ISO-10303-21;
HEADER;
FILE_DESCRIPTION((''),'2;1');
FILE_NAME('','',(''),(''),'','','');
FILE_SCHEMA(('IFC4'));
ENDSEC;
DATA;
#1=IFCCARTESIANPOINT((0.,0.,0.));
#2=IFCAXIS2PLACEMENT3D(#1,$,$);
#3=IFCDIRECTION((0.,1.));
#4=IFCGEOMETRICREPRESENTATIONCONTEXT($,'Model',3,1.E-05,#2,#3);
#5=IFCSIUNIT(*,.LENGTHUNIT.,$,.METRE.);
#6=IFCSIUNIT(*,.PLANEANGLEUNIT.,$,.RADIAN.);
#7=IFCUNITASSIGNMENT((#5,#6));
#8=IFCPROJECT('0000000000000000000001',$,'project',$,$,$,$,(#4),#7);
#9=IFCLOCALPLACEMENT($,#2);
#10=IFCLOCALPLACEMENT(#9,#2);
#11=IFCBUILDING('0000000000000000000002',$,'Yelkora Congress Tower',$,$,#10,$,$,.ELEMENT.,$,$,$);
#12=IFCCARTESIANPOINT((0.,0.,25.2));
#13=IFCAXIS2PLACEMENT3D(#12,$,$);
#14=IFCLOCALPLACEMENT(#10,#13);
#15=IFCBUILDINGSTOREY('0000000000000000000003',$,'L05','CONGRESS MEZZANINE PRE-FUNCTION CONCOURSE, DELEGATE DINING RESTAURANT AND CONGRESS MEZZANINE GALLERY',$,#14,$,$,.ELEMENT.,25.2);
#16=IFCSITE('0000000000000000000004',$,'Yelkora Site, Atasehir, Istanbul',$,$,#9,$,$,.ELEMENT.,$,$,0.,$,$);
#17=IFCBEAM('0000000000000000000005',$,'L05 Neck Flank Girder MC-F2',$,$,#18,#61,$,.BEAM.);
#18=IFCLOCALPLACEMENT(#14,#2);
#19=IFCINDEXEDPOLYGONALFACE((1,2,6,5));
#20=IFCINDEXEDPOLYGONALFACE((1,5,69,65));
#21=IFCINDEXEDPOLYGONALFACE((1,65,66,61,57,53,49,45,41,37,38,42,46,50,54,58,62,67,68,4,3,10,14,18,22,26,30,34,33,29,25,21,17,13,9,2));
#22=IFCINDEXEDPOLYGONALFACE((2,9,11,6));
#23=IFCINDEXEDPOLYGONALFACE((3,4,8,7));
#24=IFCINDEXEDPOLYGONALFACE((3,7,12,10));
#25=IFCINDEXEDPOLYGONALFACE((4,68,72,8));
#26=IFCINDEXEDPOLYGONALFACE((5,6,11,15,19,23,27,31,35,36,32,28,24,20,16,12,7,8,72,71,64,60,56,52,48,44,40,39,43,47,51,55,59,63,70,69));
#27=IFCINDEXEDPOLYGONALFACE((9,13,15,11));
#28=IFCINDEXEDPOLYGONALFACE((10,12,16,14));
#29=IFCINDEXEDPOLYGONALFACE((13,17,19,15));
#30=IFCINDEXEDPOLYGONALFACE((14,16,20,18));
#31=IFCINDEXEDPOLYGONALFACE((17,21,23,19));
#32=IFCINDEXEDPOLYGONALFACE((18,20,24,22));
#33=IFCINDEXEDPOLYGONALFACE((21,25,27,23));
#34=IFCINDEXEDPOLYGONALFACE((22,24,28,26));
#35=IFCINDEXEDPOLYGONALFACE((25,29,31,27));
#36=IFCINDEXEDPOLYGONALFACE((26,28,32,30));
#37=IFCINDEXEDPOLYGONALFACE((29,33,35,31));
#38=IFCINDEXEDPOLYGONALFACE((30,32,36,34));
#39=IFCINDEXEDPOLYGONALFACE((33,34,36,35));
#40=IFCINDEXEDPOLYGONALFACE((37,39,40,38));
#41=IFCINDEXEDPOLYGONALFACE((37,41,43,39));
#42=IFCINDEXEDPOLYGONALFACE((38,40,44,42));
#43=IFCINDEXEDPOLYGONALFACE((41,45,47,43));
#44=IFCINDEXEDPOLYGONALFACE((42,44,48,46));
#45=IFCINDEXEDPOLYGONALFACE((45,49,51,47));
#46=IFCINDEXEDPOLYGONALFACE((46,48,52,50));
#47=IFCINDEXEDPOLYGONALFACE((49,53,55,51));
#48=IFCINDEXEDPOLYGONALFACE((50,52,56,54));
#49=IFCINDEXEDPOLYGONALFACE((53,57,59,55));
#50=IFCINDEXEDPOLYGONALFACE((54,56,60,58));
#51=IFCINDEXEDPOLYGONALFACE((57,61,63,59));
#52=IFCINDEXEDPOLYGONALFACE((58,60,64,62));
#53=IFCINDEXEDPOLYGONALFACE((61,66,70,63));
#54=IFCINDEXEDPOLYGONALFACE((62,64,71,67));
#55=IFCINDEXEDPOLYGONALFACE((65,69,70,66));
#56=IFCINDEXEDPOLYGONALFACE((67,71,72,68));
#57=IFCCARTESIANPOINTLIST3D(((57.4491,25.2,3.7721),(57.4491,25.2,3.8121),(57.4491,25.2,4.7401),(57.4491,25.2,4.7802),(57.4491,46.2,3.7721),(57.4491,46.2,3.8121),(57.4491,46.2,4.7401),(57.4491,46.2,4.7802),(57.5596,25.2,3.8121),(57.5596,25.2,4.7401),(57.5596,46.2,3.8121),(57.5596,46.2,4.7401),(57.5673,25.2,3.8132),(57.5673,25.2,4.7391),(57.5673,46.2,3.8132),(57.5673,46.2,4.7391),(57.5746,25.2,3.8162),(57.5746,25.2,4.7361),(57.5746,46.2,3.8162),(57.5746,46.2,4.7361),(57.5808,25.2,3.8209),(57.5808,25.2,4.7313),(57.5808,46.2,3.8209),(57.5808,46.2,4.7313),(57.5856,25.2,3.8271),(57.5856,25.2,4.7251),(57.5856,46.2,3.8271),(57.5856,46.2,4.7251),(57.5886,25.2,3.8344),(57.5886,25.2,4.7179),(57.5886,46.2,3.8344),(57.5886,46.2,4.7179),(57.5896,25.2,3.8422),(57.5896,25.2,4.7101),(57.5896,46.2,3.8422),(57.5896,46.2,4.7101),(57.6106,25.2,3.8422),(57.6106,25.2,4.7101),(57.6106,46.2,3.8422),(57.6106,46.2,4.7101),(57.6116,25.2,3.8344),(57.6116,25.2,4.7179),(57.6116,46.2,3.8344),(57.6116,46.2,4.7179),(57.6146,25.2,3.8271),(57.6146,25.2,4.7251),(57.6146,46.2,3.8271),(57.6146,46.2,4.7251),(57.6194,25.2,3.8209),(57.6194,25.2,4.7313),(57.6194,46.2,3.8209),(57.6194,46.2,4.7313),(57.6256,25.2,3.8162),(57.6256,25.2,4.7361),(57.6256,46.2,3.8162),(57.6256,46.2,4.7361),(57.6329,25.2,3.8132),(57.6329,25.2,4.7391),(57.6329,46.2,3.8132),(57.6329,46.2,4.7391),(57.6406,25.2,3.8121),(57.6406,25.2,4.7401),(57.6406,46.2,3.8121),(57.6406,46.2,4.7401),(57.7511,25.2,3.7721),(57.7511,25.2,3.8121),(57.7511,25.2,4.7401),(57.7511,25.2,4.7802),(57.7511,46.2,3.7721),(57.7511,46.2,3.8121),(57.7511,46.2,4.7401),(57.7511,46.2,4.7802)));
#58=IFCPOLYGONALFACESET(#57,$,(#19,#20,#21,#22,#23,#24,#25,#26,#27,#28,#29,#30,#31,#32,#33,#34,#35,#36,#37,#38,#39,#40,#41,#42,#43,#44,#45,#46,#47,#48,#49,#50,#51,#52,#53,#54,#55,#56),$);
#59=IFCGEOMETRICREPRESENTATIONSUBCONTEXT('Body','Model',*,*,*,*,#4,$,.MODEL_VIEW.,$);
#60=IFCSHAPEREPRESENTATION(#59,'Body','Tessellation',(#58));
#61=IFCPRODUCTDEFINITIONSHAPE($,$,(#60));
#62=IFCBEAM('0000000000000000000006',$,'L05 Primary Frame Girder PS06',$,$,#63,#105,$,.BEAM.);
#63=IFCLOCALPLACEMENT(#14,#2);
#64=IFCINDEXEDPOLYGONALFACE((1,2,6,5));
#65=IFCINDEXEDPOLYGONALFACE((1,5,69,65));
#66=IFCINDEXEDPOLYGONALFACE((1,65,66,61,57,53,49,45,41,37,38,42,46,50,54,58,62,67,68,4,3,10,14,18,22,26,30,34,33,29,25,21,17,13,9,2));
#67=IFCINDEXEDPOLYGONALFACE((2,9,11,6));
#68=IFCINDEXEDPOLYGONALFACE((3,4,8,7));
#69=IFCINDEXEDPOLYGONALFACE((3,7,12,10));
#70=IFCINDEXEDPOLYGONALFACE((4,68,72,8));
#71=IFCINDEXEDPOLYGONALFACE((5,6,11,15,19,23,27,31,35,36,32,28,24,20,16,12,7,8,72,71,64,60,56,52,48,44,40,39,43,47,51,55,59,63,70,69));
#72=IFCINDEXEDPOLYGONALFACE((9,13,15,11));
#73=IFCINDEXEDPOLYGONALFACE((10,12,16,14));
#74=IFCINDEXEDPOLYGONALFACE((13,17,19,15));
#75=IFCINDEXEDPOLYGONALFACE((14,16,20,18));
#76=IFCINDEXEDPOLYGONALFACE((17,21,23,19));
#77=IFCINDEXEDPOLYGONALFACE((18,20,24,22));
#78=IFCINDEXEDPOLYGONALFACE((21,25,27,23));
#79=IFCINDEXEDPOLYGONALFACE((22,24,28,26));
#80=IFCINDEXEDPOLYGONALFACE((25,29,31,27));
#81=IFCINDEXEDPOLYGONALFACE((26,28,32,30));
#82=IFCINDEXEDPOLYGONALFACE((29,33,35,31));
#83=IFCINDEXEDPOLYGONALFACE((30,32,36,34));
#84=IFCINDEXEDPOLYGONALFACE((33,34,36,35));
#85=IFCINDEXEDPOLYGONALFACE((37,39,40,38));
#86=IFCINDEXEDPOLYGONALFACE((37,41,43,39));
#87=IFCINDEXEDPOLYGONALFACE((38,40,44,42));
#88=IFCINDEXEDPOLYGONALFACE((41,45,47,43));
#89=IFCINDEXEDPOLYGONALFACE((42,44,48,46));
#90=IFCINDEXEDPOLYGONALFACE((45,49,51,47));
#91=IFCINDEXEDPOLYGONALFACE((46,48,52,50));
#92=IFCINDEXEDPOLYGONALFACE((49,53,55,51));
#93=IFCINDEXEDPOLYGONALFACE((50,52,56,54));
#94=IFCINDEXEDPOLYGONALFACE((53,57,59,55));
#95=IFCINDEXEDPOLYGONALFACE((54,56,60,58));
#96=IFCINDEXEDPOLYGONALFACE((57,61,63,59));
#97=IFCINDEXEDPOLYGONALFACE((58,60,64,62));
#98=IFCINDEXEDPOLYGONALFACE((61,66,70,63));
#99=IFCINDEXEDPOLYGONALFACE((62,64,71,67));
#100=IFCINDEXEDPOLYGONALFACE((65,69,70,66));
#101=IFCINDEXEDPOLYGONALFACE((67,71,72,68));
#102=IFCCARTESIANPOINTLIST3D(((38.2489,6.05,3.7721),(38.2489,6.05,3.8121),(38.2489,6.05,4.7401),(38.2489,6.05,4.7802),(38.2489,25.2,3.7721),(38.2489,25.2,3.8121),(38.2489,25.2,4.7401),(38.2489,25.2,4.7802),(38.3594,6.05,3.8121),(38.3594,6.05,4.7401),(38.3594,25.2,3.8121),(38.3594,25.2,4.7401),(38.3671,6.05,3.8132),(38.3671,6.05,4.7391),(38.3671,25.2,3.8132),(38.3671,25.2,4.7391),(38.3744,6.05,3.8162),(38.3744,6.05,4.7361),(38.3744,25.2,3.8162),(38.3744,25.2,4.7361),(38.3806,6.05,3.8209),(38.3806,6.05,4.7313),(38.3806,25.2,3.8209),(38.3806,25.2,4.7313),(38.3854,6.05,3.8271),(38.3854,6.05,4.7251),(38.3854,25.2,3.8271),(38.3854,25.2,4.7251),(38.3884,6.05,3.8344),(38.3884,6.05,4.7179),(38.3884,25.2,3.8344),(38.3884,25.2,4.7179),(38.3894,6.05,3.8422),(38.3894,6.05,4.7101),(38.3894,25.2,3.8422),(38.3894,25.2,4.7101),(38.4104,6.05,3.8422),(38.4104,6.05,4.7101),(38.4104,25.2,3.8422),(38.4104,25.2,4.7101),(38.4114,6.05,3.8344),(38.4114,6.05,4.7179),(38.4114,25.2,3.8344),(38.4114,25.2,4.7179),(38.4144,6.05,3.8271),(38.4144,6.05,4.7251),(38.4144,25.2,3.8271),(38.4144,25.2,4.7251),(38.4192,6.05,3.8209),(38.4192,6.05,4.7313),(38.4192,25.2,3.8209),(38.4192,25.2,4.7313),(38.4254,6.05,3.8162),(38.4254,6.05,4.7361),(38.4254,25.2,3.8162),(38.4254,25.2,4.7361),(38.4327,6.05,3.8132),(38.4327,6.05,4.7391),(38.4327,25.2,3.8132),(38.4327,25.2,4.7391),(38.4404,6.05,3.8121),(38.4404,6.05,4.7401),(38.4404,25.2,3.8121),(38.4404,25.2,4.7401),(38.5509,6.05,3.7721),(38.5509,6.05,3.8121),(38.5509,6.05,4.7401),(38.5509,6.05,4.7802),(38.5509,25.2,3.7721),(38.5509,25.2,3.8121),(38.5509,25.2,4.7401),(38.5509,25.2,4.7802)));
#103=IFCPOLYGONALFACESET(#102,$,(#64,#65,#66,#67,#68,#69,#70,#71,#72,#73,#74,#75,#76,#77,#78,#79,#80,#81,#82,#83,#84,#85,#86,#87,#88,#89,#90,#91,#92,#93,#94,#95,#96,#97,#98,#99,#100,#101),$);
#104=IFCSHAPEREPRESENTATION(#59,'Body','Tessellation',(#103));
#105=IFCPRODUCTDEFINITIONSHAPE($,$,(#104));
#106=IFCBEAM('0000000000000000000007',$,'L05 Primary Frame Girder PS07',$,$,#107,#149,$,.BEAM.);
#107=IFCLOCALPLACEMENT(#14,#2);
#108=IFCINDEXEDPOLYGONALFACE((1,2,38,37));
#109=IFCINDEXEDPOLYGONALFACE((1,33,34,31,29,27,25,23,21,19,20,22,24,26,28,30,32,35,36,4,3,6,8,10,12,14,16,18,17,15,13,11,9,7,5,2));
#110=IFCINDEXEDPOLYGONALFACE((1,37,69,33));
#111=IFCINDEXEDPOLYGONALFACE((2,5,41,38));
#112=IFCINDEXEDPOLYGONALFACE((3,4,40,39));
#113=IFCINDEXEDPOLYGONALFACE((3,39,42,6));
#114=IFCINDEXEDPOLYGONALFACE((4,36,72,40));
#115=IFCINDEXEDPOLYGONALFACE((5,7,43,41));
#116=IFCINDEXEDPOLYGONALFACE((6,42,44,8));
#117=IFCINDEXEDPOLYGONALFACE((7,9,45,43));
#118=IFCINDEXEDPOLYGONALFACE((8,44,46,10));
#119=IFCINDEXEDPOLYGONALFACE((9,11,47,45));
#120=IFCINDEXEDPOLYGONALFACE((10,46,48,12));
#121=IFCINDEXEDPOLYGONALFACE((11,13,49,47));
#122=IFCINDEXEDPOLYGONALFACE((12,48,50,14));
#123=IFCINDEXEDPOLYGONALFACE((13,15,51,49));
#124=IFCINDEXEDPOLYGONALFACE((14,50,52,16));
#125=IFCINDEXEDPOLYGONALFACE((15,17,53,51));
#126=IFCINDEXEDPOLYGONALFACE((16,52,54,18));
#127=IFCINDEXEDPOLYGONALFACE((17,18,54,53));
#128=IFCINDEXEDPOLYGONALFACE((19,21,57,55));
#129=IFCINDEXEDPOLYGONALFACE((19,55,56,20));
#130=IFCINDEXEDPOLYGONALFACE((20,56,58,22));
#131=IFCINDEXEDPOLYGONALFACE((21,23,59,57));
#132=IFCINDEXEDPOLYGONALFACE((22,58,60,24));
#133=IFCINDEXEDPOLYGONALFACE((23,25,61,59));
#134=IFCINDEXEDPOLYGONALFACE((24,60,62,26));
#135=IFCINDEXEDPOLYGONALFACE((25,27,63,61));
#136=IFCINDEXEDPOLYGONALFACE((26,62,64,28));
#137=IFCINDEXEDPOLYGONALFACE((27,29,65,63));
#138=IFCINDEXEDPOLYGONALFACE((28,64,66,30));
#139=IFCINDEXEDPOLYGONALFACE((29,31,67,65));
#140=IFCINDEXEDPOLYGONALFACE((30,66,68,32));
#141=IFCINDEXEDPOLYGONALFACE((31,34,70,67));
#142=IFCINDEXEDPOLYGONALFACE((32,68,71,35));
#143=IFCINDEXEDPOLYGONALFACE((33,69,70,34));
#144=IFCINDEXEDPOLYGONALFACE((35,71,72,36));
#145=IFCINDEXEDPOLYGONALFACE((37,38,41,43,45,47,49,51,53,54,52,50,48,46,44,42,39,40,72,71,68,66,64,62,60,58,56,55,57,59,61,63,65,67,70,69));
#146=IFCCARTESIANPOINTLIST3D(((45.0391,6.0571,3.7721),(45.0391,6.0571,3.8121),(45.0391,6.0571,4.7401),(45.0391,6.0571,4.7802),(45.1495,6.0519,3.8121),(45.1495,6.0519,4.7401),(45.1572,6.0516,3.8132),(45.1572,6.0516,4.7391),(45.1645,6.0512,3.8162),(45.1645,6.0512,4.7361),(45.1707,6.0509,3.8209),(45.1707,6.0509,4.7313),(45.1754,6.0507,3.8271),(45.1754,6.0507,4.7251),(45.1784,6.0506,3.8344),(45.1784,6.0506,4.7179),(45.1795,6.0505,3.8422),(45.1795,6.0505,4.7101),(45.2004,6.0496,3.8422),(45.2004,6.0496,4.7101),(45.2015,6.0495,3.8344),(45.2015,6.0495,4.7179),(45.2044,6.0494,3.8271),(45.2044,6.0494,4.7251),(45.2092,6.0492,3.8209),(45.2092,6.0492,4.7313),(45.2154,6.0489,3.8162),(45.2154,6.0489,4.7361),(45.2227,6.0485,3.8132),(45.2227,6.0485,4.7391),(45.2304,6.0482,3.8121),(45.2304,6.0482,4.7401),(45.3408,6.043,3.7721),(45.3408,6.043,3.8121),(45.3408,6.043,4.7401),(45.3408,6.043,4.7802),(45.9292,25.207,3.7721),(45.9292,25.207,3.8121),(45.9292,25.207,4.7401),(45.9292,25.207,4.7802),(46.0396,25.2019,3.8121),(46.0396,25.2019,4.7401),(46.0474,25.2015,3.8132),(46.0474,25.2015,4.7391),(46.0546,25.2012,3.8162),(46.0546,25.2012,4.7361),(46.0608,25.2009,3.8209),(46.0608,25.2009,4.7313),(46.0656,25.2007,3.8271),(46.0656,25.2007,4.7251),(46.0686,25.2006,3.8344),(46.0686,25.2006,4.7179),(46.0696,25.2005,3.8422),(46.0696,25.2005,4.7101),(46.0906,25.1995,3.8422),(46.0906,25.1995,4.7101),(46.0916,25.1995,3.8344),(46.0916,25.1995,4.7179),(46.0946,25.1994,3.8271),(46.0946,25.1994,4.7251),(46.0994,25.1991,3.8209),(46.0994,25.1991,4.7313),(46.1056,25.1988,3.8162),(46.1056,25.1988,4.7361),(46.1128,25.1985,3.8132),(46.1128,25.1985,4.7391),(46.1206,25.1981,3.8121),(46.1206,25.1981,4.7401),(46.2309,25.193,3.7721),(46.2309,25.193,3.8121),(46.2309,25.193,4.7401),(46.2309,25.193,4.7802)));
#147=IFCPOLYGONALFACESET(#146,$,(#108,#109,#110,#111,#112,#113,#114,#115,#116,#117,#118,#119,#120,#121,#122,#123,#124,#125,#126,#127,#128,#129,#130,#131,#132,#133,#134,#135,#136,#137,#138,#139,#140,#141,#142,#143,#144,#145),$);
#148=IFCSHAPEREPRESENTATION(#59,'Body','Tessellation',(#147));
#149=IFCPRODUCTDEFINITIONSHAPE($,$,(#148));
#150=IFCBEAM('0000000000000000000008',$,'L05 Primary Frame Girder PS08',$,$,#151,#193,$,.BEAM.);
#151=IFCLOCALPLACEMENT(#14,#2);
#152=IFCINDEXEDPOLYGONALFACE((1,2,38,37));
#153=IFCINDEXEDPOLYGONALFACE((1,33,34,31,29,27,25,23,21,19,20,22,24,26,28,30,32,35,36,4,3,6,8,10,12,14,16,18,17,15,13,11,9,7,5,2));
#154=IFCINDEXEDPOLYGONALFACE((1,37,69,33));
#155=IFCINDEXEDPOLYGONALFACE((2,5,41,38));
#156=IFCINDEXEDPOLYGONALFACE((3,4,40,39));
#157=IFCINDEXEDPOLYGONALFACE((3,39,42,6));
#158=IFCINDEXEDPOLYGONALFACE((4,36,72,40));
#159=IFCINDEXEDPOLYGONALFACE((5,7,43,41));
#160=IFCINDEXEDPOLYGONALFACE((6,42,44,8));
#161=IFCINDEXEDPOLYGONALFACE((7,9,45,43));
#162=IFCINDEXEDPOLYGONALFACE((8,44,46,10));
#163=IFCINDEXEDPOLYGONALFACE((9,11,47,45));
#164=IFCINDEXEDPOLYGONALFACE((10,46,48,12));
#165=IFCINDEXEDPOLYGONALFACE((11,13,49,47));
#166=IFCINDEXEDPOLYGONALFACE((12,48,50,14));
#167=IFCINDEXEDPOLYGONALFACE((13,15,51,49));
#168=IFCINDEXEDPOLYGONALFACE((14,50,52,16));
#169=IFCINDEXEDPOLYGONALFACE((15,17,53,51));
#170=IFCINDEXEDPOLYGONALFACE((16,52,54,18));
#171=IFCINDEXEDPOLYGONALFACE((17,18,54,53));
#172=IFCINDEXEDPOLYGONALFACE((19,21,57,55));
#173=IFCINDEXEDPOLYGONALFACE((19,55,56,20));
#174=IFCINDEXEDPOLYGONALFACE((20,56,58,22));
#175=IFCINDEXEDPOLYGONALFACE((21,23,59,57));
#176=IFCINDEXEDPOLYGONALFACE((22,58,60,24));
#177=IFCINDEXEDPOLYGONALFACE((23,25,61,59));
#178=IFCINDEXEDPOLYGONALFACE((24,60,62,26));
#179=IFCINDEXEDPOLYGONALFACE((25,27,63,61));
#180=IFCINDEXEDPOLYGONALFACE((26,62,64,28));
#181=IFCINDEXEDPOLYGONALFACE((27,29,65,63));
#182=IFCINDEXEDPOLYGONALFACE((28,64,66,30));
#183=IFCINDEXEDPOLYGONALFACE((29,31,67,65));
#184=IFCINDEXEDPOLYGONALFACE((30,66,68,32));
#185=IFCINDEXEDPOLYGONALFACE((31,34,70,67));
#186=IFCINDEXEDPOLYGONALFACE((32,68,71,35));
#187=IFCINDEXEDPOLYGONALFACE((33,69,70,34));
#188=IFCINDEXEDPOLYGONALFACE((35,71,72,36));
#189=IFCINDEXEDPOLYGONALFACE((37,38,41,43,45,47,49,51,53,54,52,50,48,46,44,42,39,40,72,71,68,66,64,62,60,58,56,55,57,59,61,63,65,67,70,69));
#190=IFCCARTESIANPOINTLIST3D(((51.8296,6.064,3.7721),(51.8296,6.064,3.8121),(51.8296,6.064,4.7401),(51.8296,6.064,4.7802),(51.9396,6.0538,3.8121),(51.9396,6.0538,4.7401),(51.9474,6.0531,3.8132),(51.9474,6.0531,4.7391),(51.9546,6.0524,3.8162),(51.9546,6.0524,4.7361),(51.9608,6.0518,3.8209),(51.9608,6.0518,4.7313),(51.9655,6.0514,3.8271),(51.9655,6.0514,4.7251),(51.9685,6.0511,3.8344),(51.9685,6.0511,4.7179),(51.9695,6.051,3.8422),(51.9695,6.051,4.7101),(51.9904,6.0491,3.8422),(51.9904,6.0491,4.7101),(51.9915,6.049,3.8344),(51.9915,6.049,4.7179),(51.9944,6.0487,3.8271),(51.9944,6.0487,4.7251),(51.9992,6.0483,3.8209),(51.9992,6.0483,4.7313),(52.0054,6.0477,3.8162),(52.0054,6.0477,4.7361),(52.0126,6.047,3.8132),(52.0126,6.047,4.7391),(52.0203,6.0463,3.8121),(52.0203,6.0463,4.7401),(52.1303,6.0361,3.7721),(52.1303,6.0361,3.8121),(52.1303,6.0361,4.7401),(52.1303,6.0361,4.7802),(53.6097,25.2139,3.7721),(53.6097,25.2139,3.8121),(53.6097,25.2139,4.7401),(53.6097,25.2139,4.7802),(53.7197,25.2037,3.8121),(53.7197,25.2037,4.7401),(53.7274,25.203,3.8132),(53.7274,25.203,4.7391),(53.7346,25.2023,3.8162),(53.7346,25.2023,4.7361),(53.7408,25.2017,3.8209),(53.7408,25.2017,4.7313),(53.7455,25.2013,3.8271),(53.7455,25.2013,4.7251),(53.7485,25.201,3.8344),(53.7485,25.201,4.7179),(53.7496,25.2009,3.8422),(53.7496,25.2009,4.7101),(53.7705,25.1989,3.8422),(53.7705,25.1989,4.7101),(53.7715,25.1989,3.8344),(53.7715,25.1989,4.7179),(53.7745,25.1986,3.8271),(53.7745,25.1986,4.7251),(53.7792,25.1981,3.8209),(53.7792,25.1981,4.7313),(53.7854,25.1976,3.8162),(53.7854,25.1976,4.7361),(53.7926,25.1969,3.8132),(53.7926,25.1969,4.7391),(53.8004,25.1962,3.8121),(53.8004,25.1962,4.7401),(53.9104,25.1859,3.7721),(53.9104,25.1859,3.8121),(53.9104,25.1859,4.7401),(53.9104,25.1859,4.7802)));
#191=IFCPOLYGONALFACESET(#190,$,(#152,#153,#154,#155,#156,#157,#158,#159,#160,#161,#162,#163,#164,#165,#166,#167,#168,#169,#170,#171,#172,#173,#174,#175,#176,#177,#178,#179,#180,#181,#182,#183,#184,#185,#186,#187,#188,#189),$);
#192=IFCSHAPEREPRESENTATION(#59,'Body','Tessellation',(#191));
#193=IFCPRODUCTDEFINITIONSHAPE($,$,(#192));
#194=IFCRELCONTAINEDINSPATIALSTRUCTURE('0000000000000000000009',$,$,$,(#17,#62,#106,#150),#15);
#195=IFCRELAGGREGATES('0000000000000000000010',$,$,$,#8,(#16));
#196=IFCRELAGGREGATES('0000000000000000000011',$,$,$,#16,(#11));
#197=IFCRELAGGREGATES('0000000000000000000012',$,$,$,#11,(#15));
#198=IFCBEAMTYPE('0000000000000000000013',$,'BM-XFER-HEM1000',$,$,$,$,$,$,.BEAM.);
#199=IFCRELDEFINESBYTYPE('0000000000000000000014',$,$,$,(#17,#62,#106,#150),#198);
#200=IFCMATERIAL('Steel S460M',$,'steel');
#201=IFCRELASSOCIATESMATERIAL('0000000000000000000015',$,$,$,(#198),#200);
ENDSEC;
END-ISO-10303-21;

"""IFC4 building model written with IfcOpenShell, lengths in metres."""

from ifc_helpers import new_model, si_unit, direction, frame, origin, origin_2d, place, context, subcontext, project, spatial, i_section, extrude, material, material_profile, profile_set, type_object, element, save


model = new_model("IFC4")

# Units and contexts
model_context = context("Model", 3, precision=1e-05, world=origin(), true_north=direction((0.0, 1.0)))
body_context = subcontext(model_context, "Body", "Model", "MODEL_VIEW")
ifc_project = project(units=[si_unit("LENGTHUNIT", "METRE"), si_unit("PLANEANGLEUNIT", "RADIAN")], contexts=[model_context])

# Site, building, storey
site_placement = place(None, origin())
site = spatial("IfcSite", under=ifc_project, at=site_placement, Name="Yelkora Site, Atasehir, Istanbul", CompositionType="ELEMENT", RefElevation=0.0)
building_placement = place(site_placement, origin())
building = spatial("IfcBuilding", under=site, at=building_placement, Name="Yelkora Congress Tower", CompositionType="ELEMENT")
storey_placement = place(building_placement, frame((0.0, 0.0, 25.2)))
storey = spatial("IfcBuildingStorey", under=building, at=storey_placement, Name="L05", Description="CONGRESS MEZZANINE PRE-FUNCTION CONCOURSE, DELEGATE DINING RESTAURANT AND CONGRESS MEZZANINE GALLERY", CompositionType="ELEMENT", Elevation=25.2)

# Beams
ifc_material_1 = material(Name="Steel S460M", Category="steel")
ifc_material_profile_1 = material_profile(ifc_material_1, i_section(OverallWidth=0.302, OverallDepth=1.0081, WebThickness=0.021, FlangeThickness=0.04, FilletRadius=0.03, at=origin_2d()), Name="HEM 1000")
ifc_profile_set_1 = profile_set([ifc_material_profile_1], Name="Steel S460M")
beam_type_1 = type_object("IfcBeamType", Name="BM-XFER-HEM1000", PredefinedType="BEAM", material=ifc_profile_set_1)
beam_1_placement = place(storey_placement, frame((57.6001, 25.2, 4.2761), z_axis=(0.0, 1.0, 0.0), x_axis=(-1.0, 0.0, 0.0)))
element("IfcBeam", 1, at=beam_1_placement, inside=storey, type_object=beam_type_1, Name="L05 Neck Flank Girder MC-F2", PredefinedType="BEAM", context=body_context, shape_type="SweptSolid", body=[
    extrude(i_section(OverallWidth=0.302, OverallDepth=1.0081, WebThickness=0.021, FlangeThickness=0.04, FilletRadius=0.03, at=origin_2d()), origin(), (0.0, 0.0, 1.0), 21.0),
])
beam_2_placement = place(storey_placement, frame((38.3999, 6.05, 4.2761), z_axis=(0.0, 1.0, 0.0), x_axis=(-1.0, 0.0, 0.0)))
element("IfcBeam", 2, at=beam_2_placement, inside=storey, type_object=beam_type_1, Name="L05 Primary Frame Girder PS06", PredefinedType="BEAM", context=body_context, shape_type="SweptSolid", body=[
    extrude(i_section(OverallWidth=0.302, OverallDepth=1.0081, WebThickness=0.021, FlangeThickness=0.04, FilletRadius=0.03, at=origin_2d()), origin(), (0.0, 0.0, 1.0), 19.1499),
])
beam_3_placement = place(storey_placement, frame((45.1899, 6.05, 4.2761), z_axis=(0.046432, 0.998921, 0.0), x_axis=(-0.998921, 0.046432, 0.0)))
element("IfcBeam", 3, at=beam_3_placement, inside=storey, type_object=beam_type_1, Name="L05 Primary Frame Girder PS07", PredefinedType="BEAM", context=body_context, shape_type="SweptSolid", body=[
    extrude(i_section(OverallWidth=0.302, OverallDepth=1.0081, WebThickness=0.021, FlangeThickness=0.04, FilletRadius=0.03, at=origin_2d()), origin(), (0.0, 0.0, 1.0), 19.1707),
])
beam_4_placement = place(storey_placement, frame((51.98, 6.05, 4.2761), z_axis=(0.092553, 0.995708, 0.0), x_axis=(-0.995708, 0.092553, 0.0)))
element("IfcBeam", 4, at=beam_4_placement, inside=storey, type_object=beam_type_1, Name="L05 Primary Frame Girder PS08", PredefinedType="BEAM", context=body_context, shape_type="SweptSolid", body=[
    extrude(i_section(OverallWidth=0.302, OverallDepth=1.0081, WebThickness=0.021, FlangeThickness=0.04, FilletRadius=0.03, at=origin_2d()), origin(), (0.0, 0.0, 1.0), 19.2324),
])

save(model, "model.ifc")
